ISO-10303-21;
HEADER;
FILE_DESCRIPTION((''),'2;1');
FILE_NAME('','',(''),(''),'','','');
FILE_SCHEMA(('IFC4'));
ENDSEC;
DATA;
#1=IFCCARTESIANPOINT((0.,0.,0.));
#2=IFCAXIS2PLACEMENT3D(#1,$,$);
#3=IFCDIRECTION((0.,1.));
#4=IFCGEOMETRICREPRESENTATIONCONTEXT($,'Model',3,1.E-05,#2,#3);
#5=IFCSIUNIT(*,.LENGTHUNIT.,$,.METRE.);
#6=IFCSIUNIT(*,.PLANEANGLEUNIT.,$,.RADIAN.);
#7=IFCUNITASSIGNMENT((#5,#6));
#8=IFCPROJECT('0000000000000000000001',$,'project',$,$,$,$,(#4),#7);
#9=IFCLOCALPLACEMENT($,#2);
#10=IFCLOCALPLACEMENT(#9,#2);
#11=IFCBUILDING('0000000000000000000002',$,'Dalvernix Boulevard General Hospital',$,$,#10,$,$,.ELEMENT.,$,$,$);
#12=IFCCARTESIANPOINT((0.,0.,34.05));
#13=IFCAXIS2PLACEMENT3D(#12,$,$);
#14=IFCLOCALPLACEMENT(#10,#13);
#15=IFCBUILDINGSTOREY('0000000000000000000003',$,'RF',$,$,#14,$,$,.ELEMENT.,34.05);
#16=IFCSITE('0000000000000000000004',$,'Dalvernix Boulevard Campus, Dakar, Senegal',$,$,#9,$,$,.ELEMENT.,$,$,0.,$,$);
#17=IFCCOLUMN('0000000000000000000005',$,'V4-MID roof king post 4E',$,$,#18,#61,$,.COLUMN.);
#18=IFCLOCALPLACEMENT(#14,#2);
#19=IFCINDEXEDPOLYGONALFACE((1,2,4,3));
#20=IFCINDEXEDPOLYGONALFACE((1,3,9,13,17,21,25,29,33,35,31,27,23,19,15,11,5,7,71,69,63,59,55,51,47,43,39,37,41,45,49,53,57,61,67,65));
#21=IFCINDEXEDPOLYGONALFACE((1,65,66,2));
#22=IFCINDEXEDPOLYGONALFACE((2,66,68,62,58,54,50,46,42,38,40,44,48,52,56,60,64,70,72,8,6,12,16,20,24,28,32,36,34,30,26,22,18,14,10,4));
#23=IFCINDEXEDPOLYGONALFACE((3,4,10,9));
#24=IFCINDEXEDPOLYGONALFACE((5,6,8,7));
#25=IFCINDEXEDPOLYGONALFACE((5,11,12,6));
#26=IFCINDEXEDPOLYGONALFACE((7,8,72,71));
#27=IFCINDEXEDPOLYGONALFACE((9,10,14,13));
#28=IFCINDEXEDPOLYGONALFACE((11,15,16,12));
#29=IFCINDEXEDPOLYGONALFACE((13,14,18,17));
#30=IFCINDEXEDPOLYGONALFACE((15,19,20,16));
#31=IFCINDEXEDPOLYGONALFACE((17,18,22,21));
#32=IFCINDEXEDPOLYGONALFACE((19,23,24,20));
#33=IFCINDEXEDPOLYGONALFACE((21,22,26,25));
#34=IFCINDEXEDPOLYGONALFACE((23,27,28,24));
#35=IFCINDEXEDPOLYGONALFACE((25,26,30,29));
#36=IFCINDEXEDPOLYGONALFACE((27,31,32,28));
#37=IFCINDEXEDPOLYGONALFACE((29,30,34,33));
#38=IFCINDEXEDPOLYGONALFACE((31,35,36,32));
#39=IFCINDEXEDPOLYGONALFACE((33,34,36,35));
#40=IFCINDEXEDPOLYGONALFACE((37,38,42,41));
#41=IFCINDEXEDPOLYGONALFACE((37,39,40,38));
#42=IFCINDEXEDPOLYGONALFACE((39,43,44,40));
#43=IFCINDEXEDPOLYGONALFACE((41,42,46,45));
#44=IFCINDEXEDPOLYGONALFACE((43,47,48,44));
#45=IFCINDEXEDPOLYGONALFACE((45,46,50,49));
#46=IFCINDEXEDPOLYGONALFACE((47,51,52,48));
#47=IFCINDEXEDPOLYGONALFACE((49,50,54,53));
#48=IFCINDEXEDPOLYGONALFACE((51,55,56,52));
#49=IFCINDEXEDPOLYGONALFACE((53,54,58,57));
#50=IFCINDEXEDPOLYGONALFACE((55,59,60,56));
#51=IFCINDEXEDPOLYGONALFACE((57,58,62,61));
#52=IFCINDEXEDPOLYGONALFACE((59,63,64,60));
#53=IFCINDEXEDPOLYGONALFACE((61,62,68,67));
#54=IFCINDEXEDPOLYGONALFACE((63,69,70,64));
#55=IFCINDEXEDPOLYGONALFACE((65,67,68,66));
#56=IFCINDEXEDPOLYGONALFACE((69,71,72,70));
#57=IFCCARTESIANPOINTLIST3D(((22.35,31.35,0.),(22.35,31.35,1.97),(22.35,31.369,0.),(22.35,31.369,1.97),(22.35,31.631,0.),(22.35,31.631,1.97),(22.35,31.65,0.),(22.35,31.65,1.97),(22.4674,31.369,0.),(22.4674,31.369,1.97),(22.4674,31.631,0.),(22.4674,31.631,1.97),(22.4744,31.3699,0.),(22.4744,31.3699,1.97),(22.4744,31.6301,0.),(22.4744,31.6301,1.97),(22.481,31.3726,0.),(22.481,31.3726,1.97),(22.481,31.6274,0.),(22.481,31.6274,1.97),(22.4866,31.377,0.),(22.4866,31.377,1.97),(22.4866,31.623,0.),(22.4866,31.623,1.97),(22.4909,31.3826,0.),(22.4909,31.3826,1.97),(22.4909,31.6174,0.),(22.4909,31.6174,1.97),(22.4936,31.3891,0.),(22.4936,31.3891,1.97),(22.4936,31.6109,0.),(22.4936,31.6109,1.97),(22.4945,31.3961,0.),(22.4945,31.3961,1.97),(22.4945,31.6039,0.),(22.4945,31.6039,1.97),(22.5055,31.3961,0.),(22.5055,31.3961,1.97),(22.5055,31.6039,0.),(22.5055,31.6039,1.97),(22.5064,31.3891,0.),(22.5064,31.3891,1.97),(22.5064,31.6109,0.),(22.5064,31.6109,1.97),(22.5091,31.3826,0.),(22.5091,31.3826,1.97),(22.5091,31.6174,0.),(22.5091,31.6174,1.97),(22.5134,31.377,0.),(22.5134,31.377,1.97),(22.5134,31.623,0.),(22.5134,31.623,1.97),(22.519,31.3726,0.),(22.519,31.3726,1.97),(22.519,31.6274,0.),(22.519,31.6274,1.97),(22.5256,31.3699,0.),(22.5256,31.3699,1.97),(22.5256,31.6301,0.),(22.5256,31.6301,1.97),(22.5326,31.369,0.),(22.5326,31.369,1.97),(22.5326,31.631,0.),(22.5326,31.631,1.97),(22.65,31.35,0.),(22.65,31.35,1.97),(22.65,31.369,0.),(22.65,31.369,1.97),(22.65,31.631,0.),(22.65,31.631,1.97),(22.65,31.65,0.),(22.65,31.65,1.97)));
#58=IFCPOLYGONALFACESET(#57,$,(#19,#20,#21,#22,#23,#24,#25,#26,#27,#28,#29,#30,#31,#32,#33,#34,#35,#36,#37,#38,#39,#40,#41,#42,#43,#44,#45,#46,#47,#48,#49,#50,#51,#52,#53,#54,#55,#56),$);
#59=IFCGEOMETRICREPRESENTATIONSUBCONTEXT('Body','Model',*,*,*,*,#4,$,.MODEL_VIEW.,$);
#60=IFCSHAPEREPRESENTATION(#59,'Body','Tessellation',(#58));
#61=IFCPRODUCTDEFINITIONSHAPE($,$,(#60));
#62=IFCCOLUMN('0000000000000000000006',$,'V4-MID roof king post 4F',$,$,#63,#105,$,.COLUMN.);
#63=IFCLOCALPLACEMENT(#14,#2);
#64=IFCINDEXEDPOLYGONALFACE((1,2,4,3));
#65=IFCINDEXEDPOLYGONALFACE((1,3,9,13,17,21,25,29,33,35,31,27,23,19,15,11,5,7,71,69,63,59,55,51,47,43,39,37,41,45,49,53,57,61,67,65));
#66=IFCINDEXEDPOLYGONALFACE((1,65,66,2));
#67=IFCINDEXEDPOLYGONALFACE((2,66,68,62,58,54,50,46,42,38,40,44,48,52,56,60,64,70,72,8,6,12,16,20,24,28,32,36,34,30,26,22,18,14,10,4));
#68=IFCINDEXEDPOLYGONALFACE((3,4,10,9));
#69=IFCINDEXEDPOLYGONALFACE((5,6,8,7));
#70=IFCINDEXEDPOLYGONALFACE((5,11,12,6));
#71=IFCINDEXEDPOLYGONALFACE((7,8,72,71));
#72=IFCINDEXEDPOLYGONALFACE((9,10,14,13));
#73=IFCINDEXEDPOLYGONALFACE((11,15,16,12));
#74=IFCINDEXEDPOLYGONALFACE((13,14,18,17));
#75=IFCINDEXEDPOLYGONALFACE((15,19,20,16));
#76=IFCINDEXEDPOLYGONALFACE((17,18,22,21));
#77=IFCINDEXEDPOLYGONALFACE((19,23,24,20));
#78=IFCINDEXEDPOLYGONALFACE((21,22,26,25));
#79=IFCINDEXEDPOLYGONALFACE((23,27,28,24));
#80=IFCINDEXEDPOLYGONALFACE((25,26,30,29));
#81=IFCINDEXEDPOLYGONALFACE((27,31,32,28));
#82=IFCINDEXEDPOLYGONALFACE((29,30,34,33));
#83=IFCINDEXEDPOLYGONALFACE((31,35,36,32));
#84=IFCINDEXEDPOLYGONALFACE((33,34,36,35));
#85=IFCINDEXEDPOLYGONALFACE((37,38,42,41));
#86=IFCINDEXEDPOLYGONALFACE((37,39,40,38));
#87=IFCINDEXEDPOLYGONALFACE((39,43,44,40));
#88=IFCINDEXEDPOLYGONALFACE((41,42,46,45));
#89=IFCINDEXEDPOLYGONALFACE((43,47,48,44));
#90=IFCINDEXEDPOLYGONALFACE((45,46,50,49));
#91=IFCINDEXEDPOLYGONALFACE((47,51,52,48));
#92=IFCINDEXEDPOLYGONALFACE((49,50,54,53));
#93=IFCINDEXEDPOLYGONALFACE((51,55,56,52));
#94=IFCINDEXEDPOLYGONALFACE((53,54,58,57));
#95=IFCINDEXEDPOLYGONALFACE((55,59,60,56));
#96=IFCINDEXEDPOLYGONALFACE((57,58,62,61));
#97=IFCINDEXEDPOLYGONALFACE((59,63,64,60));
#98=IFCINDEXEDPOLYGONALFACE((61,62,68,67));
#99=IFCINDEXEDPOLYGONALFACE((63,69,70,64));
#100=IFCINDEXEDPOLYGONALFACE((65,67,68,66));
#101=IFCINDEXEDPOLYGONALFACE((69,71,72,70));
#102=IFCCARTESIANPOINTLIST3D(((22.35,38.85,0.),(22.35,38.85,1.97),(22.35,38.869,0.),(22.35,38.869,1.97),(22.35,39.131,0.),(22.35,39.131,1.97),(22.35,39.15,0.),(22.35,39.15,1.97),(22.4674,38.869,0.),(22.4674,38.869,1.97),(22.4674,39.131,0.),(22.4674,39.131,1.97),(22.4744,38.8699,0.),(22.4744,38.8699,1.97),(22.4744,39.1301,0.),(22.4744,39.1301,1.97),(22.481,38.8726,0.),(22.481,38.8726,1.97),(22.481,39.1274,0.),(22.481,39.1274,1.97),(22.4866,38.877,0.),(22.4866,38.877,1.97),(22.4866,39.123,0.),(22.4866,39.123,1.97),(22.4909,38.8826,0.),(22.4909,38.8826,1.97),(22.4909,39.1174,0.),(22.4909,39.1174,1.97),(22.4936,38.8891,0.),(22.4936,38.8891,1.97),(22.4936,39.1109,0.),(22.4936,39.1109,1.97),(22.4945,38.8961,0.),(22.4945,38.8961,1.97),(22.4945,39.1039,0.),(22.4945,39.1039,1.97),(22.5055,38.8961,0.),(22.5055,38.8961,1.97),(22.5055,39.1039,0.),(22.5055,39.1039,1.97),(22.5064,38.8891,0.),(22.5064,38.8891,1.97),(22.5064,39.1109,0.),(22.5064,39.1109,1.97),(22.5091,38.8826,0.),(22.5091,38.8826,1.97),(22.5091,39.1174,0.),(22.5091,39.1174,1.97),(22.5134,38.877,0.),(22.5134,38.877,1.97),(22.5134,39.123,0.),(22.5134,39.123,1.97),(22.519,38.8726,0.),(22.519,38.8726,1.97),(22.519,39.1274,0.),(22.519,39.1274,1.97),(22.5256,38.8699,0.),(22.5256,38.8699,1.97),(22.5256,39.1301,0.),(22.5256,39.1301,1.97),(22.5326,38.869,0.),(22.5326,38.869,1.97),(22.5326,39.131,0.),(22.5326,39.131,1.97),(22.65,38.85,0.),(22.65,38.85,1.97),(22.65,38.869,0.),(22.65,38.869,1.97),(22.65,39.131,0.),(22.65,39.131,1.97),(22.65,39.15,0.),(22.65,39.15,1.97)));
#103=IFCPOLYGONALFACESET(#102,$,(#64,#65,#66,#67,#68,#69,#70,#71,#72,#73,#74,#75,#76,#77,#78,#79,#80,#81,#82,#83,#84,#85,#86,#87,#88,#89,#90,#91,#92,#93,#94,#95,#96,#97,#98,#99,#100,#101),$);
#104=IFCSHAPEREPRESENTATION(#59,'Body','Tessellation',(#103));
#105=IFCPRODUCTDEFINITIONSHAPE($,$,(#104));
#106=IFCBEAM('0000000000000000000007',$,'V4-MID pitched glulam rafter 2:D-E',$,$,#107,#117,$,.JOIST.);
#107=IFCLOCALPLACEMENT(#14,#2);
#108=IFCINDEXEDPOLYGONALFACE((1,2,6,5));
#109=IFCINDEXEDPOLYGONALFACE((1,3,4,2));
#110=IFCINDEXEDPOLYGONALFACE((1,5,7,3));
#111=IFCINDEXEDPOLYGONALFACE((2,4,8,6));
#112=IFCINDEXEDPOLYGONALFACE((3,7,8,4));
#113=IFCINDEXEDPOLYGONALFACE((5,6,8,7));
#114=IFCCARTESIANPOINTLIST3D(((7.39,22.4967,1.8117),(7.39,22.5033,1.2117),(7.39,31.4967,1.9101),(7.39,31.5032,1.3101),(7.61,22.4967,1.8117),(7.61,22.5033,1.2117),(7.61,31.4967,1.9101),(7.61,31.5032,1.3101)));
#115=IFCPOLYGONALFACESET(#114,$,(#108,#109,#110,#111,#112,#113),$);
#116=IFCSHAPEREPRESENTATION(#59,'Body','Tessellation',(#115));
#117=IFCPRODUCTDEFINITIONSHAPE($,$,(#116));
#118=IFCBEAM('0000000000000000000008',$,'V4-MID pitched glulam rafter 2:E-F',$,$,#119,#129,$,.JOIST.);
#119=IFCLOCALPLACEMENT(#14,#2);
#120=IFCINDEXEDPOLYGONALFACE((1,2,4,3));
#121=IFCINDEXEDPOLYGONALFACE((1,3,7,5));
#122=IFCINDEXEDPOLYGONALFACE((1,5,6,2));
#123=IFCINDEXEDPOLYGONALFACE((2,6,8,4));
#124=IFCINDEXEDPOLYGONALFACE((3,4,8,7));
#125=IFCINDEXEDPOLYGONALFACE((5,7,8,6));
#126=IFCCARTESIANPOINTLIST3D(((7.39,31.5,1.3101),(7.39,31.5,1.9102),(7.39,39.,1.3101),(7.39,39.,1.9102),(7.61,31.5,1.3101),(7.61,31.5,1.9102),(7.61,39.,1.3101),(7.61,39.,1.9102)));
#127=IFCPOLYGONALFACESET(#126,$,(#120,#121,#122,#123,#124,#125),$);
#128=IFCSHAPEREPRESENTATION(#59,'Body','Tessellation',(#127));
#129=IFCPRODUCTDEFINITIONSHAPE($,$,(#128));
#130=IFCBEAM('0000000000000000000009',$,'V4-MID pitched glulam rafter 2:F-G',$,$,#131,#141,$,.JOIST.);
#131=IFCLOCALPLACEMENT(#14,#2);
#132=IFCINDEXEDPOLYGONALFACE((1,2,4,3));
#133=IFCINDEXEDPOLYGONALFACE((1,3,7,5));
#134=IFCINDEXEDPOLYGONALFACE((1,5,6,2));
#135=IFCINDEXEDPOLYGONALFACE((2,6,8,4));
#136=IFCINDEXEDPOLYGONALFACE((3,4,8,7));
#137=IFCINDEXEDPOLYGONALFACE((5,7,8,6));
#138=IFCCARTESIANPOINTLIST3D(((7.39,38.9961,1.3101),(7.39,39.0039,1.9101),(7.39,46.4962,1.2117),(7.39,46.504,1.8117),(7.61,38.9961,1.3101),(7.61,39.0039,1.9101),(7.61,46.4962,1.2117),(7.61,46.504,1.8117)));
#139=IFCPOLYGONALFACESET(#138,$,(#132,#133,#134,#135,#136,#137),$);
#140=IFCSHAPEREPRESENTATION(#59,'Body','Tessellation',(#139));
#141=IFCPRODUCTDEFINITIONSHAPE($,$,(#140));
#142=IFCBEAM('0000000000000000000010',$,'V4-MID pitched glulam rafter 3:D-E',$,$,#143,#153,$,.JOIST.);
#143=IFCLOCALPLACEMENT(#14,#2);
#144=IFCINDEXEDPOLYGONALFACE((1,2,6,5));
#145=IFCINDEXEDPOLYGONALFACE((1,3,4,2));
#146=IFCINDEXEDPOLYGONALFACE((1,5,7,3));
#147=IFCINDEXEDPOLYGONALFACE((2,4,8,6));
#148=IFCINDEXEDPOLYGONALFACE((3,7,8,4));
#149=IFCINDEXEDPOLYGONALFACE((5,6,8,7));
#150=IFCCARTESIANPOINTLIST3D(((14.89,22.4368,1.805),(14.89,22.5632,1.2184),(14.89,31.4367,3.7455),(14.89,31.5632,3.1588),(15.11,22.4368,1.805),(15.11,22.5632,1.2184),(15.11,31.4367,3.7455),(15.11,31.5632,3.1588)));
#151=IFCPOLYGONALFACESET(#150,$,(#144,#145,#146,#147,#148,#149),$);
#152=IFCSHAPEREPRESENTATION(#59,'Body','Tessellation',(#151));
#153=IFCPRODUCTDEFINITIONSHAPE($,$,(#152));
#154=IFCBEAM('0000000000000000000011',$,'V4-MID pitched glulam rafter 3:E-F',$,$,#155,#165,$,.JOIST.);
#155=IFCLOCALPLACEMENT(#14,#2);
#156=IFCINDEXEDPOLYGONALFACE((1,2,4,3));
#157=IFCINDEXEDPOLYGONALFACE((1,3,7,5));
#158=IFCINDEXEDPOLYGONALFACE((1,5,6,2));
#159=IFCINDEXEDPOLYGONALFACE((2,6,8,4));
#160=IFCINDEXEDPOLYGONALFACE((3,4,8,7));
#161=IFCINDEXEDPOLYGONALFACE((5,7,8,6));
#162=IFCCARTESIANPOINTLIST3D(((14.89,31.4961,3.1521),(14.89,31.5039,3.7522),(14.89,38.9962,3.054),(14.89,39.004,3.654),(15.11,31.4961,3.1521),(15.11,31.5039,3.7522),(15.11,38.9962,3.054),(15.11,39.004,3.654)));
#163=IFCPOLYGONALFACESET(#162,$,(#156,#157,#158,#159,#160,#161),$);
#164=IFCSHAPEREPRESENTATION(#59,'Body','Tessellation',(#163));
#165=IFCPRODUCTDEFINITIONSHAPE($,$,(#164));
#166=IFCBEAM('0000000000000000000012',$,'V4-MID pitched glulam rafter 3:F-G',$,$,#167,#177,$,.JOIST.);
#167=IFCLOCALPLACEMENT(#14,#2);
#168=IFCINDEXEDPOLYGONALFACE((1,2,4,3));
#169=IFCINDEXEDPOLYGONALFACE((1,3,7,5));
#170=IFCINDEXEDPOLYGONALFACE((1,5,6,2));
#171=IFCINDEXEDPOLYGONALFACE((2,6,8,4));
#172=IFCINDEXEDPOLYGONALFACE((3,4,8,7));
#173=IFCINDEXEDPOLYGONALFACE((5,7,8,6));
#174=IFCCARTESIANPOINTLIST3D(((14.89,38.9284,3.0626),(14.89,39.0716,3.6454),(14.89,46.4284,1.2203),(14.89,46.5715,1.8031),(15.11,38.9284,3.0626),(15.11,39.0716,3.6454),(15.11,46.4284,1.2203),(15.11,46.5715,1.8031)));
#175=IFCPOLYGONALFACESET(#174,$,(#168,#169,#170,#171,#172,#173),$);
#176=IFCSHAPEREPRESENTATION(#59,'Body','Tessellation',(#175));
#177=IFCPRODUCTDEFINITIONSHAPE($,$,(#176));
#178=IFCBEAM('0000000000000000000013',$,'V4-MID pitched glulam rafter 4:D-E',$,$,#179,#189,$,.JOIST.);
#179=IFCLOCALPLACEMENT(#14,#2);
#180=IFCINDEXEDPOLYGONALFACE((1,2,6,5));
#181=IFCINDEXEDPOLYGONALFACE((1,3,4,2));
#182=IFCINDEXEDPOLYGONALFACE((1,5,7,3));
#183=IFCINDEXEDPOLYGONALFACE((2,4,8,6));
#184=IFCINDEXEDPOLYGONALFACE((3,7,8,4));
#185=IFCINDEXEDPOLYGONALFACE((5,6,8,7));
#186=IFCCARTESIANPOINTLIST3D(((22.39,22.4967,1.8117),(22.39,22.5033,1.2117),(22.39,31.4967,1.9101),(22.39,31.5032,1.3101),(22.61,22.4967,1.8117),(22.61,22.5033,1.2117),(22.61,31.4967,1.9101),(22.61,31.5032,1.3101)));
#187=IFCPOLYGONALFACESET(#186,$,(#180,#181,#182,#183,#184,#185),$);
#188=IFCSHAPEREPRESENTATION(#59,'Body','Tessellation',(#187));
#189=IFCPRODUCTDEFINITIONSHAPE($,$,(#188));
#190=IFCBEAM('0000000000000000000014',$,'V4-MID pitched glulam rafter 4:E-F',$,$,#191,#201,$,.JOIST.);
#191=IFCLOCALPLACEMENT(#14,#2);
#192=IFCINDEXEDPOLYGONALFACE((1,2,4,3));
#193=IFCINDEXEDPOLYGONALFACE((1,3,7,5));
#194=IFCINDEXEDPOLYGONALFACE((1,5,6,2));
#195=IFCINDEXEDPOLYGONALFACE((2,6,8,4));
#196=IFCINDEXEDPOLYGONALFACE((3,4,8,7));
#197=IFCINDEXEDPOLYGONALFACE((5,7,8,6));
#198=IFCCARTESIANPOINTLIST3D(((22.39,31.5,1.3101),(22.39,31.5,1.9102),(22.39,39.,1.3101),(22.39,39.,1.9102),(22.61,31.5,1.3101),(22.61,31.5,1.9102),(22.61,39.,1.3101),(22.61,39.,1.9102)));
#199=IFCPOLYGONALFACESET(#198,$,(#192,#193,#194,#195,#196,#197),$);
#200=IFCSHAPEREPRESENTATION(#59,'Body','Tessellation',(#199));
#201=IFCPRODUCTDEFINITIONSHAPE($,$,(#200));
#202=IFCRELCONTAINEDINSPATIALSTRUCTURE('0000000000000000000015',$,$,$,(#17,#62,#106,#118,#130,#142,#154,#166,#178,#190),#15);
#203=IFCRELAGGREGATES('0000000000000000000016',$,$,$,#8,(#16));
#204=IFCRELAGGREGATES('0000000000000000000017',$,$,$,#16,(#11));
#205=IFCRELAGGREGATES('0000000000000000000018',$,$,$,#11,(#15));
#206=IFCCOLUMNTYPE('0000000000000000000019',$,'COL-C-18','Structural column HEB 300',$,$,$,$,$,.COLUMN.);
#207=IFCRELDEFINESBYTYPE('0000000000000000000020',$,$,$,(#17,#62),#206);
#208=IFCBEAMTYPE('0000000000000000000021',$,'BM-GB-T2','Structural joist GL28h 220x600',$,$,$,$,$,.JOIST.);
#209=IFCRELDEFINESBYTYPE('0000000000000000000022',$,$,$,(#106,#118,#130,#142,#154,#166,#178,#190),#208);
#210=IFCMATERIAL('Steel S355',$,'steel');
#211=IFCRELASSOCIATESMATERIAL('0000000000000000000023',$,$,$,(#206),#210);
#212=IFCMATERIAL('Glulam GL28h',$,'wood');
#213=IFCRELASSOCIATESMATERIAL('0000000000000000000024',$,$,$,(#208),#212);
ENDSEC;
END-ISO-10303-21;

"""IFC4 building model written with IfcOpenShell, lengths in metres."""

from ifc_helpers import new_model, si_unit, direction, frame, origin, origin_2d, place, context, subcontext, project, spatial, rectangle, i_section, extrude, material, material_profile, profile_set, type_object, element, save


model = new_model("IFC4")

# Units and contexts
model_context = context("Model", 3, precision=1e-05, world=origin(), true_north=direction((0.0, 1.0)))
body_context = subcontext(model_context, "Body", "Model", "MODEL_VIEW")
ifc_project = project(units=[si_unit("LENGTHUNIT", "METRE"), si_unit("PLANEANGLEUNIT", "RADIAN")], contexts=[model_context])

# Site, building, storey
site_placement = place(None, origin())
site = spatial("IfcSite", under=ifc_project, at=site_placement, Name="Dalvernix Boulevard Campus, Dakar, Senegal", CompositionType="ELEMENT", RefElevation=0.0)
building_placement = place(site_placement, origin())
building = spatial("IfcBuilding", under=site, at=building_placement, Name="Dalvernix Boulevard General Hospital", CompositionType="ELEMENT")
storey_placement = place(building_placement, frame((0.0, 0.0, 34.05)))
storey = spatial("IfcBuildingStorey", under=building, at=storey_placement, Name="RF", CompositionType="ELEMENT", Elevation=34.05)

# Columns
ifc_material_1 = material(Name="Steel S355", Category="steel")
ifc_material_profile_1 = material_profile(ifc_material_1, i_section(OverallWidth=0.3, OverallDepth=0.3, WebThickness=0.011, FlangeThickness=0.019, FilletRadius=0.0271, at=origin_2d()), Name="HEB 300")
ifc_profile_set_1 = profile_set([ifc_material_profile_1], Name="Steel S355")
column_type = type_object("IfcColumnType", Name="COL-C-18", Description="Structural column HEB 300", PredefinedType="COLUMN", material=ifc_profile_set_1)
for number, where, z_axis, x_axis, name in (
    (1, (22.5, 31.5, 0.0), (0.0, 0.0, 1.0), (1.0, 0.0, 0.0), "V4-MID roof king post 4E"),
    (2, (22.5, 39.0, 0.0), (0.0, 0.0, 1.0), (1.0, 0.0, 0.0), "V4-MID roof king post 4F"),
):
    element("IfcColumn", number, at=place(storey_placement, frame(where, z_axis=z_axis, x_axis=x_axis)), inside=storey, type_object=column_type, Name=name, PredefinedType="COLUMN", context=body_context, shape_type="SweptSolid", body=[
        extrude(i_section(OverallWidth=0.3, OverallDepth=0.3, WebThickness=0.011, FlangeThickness=0.019, FilletRadius=0.0271, at=origin_2d()), origin(), (0.0, 0.0, 1.0), 1.97),
    ])

# Beams
ifc_material_2 = material(Name="Glulam GL28h", Category="wood")
ifc_material_profile_2 = material_profile(ifc_material_2, rectangle(XDim=0.22, YDim=0.6001, at=origin_2d()), Name="GL28h 220x600")
ifc_profile_set_2 = profile_set([ifc_material_profile_2], Name="Glulam GL28h")
beam_type = type_object("IfcBeamType", Name="BM-GB-T2", Description="Structural joist GL28h 220x600", PredefinedType="JOIST", material=ifc_profile_set_2)
beam_1_placement = place(storey_placement, frame((7.5, 22.5, 1.5117), z_axis=(0.0, 0.99994, 0.010931), x_axis=(-1.0, 0.0, 0.0)))
element("IfcBeam", 3, at=beam_1_placement, inside=storey, type_object=beam_type, Name="V4-MID pitched glulam rafter 2:D-E", PredefinedType="JOIST", context=body_context, shape_type="SweptSolid", body=[
    extrude(rectangle(XDim=0.22, YDim=0.6001, at=origin_2d()), origin(), (0.0, 0.0, 1.0), 9.0005),
])
beam_2_placement = place(storey_placement, frame((7.5, 31.5, 1.6101), z_axis=(0.0, 1.0, 0.0), x_axis=(-1.0, 0.0, 0.0)))
element("IfcBeam", 4, at=beam_2_placement, inside=storey, type_object=beam_type, Name="V4-MID pitched glulam rafter 2:E-F", PredefinedType="JOIST", context=body_context, shape_type="SweptSolid", body=[
    extrude(rectangle(XDim=0.22, YDim=0.6001, at=origin_2d()), origin(), (0.0, 0.0, 1.0), 7.5),
])
beam_3_placement = place(storey_placement, frame((7.5, 39.0, 1.6101), z_axis=(0.0, 0.999914, -0.013117), x_axis=(-1.0, 0.0, 0.0)))
element("IfcBeam", 5, at=beam_3_placement, inside=storey, type_object=beam_type, Name="V4-MID pitched glulam rafter 2:F-G", PredefinedType="JOIST", context=body_context, shape_type="SweptSolid", body=[
    extrude(rectangle(XDim=0.22, YDim=0.6001, at=origin_2d()), origin(), (0.0, 0.0, 1.0), 7.5007),
])
beam_4_placement = place(storey_placement, frame((15.0, 22.5, 1.5117), z_axis=(0.0, 0.977538, 0.21076), x_axis=(-1.0, 0.0, 0.0)))
element("IfcBeam", 6, at=beam_4_placement, inside=storey, type_object=beam_type, Name="V4-MID pitched glulam rafter 3:D-E", PredefinedType="JOIST", context=body_context, shape_type="SweptSolid", body=[
    extrude(rectangle(XDim=0.22, YDim=0.6001, at=origin_2d()), origin(), (0.0, 0.0, 1.0), 9.2068),
])
beam_5_placement = place(storey_placement, frame((15.0, 31.5, 3.4521), z_axis=(0.0, 0.999914, -0.013085), x_axis=(-1.0, 0.0, 0.0)))
element("IfcBeam", 7, at=beam_5_placement, inside=storey, type_object=beam_type, Name="V4-MID pitched glulam rafter 3:E-F", PredefinedType="JOIST", context=body_context, shape_type="SweptSolid", body=[
    extrude(rectangle(XDim=0.22, YDim=0.6001, at=origin_2d()), origin(), (0.0, 0.0, 1.0), 7.5007),
])
beam_6_placement = place(storey_placement, frame((15.0, 39.0, 3.354), z_axis=(0.0, 0.971131, -0.238547), x_axis=(-1.0, 0.0, 0.0)))
element("IfcBeam", 8, at=beam_6_placement, inside=storey, type_object=beam_type, Name="V4-MID pitched glulam rafter 3:F-G", PredefinedType="JOIST", context=body_context, shape_type="SweptSolid", body=[
    extrude(rectangle(XDim=0.22, YDim=0.6001, at=origin_2d()), origin(), (0.0, 0.0, 1.0), 7.7229),
])
beam_7_placement = place(storey_placement, frame((22.5, 22.5, 1.5117), z_axis=(0.0, 0.99994, 0.010931), x_axis=(-1.0, 0.0, 0.0)))
element("IfcBeam", 9, at=beam_7_placement, inside=storey, type_object=beam_type, Name="V4-MID pitched glulam rafter 4:D-E", PredefinedType="JOIST", context=body_context, shape_type="SweptSolid", body=[
    extrude(rectangle(XDim=0.22, YDim=0.6001, at=origin_2d()), origin(), (0.0, 0.0, 1.0), 9.0005),
])
beam_8_placement = place(storey_placement, frame((22.5, 31.5, 1.6101), z_axis=(0.0, 1.0, 0.0), x_axis=(-1.0, 0.0, 0.0)))
element("IfcBeam", 10, at=beam_8_placement, inside=storey, type_object=beam_type, Name="V4-MID pitched glulam rafter 4:E-F", PredefinedType="JOIST", context=body_context, shape_type="SweptSolid", body=[
    extrude(rectangle(XDim=0.22, YDim=0.6001, at=origin_2d()), origin(), (0.0, 0.0, 1.0), 7.5),
])

save(model, "model.ifc")
